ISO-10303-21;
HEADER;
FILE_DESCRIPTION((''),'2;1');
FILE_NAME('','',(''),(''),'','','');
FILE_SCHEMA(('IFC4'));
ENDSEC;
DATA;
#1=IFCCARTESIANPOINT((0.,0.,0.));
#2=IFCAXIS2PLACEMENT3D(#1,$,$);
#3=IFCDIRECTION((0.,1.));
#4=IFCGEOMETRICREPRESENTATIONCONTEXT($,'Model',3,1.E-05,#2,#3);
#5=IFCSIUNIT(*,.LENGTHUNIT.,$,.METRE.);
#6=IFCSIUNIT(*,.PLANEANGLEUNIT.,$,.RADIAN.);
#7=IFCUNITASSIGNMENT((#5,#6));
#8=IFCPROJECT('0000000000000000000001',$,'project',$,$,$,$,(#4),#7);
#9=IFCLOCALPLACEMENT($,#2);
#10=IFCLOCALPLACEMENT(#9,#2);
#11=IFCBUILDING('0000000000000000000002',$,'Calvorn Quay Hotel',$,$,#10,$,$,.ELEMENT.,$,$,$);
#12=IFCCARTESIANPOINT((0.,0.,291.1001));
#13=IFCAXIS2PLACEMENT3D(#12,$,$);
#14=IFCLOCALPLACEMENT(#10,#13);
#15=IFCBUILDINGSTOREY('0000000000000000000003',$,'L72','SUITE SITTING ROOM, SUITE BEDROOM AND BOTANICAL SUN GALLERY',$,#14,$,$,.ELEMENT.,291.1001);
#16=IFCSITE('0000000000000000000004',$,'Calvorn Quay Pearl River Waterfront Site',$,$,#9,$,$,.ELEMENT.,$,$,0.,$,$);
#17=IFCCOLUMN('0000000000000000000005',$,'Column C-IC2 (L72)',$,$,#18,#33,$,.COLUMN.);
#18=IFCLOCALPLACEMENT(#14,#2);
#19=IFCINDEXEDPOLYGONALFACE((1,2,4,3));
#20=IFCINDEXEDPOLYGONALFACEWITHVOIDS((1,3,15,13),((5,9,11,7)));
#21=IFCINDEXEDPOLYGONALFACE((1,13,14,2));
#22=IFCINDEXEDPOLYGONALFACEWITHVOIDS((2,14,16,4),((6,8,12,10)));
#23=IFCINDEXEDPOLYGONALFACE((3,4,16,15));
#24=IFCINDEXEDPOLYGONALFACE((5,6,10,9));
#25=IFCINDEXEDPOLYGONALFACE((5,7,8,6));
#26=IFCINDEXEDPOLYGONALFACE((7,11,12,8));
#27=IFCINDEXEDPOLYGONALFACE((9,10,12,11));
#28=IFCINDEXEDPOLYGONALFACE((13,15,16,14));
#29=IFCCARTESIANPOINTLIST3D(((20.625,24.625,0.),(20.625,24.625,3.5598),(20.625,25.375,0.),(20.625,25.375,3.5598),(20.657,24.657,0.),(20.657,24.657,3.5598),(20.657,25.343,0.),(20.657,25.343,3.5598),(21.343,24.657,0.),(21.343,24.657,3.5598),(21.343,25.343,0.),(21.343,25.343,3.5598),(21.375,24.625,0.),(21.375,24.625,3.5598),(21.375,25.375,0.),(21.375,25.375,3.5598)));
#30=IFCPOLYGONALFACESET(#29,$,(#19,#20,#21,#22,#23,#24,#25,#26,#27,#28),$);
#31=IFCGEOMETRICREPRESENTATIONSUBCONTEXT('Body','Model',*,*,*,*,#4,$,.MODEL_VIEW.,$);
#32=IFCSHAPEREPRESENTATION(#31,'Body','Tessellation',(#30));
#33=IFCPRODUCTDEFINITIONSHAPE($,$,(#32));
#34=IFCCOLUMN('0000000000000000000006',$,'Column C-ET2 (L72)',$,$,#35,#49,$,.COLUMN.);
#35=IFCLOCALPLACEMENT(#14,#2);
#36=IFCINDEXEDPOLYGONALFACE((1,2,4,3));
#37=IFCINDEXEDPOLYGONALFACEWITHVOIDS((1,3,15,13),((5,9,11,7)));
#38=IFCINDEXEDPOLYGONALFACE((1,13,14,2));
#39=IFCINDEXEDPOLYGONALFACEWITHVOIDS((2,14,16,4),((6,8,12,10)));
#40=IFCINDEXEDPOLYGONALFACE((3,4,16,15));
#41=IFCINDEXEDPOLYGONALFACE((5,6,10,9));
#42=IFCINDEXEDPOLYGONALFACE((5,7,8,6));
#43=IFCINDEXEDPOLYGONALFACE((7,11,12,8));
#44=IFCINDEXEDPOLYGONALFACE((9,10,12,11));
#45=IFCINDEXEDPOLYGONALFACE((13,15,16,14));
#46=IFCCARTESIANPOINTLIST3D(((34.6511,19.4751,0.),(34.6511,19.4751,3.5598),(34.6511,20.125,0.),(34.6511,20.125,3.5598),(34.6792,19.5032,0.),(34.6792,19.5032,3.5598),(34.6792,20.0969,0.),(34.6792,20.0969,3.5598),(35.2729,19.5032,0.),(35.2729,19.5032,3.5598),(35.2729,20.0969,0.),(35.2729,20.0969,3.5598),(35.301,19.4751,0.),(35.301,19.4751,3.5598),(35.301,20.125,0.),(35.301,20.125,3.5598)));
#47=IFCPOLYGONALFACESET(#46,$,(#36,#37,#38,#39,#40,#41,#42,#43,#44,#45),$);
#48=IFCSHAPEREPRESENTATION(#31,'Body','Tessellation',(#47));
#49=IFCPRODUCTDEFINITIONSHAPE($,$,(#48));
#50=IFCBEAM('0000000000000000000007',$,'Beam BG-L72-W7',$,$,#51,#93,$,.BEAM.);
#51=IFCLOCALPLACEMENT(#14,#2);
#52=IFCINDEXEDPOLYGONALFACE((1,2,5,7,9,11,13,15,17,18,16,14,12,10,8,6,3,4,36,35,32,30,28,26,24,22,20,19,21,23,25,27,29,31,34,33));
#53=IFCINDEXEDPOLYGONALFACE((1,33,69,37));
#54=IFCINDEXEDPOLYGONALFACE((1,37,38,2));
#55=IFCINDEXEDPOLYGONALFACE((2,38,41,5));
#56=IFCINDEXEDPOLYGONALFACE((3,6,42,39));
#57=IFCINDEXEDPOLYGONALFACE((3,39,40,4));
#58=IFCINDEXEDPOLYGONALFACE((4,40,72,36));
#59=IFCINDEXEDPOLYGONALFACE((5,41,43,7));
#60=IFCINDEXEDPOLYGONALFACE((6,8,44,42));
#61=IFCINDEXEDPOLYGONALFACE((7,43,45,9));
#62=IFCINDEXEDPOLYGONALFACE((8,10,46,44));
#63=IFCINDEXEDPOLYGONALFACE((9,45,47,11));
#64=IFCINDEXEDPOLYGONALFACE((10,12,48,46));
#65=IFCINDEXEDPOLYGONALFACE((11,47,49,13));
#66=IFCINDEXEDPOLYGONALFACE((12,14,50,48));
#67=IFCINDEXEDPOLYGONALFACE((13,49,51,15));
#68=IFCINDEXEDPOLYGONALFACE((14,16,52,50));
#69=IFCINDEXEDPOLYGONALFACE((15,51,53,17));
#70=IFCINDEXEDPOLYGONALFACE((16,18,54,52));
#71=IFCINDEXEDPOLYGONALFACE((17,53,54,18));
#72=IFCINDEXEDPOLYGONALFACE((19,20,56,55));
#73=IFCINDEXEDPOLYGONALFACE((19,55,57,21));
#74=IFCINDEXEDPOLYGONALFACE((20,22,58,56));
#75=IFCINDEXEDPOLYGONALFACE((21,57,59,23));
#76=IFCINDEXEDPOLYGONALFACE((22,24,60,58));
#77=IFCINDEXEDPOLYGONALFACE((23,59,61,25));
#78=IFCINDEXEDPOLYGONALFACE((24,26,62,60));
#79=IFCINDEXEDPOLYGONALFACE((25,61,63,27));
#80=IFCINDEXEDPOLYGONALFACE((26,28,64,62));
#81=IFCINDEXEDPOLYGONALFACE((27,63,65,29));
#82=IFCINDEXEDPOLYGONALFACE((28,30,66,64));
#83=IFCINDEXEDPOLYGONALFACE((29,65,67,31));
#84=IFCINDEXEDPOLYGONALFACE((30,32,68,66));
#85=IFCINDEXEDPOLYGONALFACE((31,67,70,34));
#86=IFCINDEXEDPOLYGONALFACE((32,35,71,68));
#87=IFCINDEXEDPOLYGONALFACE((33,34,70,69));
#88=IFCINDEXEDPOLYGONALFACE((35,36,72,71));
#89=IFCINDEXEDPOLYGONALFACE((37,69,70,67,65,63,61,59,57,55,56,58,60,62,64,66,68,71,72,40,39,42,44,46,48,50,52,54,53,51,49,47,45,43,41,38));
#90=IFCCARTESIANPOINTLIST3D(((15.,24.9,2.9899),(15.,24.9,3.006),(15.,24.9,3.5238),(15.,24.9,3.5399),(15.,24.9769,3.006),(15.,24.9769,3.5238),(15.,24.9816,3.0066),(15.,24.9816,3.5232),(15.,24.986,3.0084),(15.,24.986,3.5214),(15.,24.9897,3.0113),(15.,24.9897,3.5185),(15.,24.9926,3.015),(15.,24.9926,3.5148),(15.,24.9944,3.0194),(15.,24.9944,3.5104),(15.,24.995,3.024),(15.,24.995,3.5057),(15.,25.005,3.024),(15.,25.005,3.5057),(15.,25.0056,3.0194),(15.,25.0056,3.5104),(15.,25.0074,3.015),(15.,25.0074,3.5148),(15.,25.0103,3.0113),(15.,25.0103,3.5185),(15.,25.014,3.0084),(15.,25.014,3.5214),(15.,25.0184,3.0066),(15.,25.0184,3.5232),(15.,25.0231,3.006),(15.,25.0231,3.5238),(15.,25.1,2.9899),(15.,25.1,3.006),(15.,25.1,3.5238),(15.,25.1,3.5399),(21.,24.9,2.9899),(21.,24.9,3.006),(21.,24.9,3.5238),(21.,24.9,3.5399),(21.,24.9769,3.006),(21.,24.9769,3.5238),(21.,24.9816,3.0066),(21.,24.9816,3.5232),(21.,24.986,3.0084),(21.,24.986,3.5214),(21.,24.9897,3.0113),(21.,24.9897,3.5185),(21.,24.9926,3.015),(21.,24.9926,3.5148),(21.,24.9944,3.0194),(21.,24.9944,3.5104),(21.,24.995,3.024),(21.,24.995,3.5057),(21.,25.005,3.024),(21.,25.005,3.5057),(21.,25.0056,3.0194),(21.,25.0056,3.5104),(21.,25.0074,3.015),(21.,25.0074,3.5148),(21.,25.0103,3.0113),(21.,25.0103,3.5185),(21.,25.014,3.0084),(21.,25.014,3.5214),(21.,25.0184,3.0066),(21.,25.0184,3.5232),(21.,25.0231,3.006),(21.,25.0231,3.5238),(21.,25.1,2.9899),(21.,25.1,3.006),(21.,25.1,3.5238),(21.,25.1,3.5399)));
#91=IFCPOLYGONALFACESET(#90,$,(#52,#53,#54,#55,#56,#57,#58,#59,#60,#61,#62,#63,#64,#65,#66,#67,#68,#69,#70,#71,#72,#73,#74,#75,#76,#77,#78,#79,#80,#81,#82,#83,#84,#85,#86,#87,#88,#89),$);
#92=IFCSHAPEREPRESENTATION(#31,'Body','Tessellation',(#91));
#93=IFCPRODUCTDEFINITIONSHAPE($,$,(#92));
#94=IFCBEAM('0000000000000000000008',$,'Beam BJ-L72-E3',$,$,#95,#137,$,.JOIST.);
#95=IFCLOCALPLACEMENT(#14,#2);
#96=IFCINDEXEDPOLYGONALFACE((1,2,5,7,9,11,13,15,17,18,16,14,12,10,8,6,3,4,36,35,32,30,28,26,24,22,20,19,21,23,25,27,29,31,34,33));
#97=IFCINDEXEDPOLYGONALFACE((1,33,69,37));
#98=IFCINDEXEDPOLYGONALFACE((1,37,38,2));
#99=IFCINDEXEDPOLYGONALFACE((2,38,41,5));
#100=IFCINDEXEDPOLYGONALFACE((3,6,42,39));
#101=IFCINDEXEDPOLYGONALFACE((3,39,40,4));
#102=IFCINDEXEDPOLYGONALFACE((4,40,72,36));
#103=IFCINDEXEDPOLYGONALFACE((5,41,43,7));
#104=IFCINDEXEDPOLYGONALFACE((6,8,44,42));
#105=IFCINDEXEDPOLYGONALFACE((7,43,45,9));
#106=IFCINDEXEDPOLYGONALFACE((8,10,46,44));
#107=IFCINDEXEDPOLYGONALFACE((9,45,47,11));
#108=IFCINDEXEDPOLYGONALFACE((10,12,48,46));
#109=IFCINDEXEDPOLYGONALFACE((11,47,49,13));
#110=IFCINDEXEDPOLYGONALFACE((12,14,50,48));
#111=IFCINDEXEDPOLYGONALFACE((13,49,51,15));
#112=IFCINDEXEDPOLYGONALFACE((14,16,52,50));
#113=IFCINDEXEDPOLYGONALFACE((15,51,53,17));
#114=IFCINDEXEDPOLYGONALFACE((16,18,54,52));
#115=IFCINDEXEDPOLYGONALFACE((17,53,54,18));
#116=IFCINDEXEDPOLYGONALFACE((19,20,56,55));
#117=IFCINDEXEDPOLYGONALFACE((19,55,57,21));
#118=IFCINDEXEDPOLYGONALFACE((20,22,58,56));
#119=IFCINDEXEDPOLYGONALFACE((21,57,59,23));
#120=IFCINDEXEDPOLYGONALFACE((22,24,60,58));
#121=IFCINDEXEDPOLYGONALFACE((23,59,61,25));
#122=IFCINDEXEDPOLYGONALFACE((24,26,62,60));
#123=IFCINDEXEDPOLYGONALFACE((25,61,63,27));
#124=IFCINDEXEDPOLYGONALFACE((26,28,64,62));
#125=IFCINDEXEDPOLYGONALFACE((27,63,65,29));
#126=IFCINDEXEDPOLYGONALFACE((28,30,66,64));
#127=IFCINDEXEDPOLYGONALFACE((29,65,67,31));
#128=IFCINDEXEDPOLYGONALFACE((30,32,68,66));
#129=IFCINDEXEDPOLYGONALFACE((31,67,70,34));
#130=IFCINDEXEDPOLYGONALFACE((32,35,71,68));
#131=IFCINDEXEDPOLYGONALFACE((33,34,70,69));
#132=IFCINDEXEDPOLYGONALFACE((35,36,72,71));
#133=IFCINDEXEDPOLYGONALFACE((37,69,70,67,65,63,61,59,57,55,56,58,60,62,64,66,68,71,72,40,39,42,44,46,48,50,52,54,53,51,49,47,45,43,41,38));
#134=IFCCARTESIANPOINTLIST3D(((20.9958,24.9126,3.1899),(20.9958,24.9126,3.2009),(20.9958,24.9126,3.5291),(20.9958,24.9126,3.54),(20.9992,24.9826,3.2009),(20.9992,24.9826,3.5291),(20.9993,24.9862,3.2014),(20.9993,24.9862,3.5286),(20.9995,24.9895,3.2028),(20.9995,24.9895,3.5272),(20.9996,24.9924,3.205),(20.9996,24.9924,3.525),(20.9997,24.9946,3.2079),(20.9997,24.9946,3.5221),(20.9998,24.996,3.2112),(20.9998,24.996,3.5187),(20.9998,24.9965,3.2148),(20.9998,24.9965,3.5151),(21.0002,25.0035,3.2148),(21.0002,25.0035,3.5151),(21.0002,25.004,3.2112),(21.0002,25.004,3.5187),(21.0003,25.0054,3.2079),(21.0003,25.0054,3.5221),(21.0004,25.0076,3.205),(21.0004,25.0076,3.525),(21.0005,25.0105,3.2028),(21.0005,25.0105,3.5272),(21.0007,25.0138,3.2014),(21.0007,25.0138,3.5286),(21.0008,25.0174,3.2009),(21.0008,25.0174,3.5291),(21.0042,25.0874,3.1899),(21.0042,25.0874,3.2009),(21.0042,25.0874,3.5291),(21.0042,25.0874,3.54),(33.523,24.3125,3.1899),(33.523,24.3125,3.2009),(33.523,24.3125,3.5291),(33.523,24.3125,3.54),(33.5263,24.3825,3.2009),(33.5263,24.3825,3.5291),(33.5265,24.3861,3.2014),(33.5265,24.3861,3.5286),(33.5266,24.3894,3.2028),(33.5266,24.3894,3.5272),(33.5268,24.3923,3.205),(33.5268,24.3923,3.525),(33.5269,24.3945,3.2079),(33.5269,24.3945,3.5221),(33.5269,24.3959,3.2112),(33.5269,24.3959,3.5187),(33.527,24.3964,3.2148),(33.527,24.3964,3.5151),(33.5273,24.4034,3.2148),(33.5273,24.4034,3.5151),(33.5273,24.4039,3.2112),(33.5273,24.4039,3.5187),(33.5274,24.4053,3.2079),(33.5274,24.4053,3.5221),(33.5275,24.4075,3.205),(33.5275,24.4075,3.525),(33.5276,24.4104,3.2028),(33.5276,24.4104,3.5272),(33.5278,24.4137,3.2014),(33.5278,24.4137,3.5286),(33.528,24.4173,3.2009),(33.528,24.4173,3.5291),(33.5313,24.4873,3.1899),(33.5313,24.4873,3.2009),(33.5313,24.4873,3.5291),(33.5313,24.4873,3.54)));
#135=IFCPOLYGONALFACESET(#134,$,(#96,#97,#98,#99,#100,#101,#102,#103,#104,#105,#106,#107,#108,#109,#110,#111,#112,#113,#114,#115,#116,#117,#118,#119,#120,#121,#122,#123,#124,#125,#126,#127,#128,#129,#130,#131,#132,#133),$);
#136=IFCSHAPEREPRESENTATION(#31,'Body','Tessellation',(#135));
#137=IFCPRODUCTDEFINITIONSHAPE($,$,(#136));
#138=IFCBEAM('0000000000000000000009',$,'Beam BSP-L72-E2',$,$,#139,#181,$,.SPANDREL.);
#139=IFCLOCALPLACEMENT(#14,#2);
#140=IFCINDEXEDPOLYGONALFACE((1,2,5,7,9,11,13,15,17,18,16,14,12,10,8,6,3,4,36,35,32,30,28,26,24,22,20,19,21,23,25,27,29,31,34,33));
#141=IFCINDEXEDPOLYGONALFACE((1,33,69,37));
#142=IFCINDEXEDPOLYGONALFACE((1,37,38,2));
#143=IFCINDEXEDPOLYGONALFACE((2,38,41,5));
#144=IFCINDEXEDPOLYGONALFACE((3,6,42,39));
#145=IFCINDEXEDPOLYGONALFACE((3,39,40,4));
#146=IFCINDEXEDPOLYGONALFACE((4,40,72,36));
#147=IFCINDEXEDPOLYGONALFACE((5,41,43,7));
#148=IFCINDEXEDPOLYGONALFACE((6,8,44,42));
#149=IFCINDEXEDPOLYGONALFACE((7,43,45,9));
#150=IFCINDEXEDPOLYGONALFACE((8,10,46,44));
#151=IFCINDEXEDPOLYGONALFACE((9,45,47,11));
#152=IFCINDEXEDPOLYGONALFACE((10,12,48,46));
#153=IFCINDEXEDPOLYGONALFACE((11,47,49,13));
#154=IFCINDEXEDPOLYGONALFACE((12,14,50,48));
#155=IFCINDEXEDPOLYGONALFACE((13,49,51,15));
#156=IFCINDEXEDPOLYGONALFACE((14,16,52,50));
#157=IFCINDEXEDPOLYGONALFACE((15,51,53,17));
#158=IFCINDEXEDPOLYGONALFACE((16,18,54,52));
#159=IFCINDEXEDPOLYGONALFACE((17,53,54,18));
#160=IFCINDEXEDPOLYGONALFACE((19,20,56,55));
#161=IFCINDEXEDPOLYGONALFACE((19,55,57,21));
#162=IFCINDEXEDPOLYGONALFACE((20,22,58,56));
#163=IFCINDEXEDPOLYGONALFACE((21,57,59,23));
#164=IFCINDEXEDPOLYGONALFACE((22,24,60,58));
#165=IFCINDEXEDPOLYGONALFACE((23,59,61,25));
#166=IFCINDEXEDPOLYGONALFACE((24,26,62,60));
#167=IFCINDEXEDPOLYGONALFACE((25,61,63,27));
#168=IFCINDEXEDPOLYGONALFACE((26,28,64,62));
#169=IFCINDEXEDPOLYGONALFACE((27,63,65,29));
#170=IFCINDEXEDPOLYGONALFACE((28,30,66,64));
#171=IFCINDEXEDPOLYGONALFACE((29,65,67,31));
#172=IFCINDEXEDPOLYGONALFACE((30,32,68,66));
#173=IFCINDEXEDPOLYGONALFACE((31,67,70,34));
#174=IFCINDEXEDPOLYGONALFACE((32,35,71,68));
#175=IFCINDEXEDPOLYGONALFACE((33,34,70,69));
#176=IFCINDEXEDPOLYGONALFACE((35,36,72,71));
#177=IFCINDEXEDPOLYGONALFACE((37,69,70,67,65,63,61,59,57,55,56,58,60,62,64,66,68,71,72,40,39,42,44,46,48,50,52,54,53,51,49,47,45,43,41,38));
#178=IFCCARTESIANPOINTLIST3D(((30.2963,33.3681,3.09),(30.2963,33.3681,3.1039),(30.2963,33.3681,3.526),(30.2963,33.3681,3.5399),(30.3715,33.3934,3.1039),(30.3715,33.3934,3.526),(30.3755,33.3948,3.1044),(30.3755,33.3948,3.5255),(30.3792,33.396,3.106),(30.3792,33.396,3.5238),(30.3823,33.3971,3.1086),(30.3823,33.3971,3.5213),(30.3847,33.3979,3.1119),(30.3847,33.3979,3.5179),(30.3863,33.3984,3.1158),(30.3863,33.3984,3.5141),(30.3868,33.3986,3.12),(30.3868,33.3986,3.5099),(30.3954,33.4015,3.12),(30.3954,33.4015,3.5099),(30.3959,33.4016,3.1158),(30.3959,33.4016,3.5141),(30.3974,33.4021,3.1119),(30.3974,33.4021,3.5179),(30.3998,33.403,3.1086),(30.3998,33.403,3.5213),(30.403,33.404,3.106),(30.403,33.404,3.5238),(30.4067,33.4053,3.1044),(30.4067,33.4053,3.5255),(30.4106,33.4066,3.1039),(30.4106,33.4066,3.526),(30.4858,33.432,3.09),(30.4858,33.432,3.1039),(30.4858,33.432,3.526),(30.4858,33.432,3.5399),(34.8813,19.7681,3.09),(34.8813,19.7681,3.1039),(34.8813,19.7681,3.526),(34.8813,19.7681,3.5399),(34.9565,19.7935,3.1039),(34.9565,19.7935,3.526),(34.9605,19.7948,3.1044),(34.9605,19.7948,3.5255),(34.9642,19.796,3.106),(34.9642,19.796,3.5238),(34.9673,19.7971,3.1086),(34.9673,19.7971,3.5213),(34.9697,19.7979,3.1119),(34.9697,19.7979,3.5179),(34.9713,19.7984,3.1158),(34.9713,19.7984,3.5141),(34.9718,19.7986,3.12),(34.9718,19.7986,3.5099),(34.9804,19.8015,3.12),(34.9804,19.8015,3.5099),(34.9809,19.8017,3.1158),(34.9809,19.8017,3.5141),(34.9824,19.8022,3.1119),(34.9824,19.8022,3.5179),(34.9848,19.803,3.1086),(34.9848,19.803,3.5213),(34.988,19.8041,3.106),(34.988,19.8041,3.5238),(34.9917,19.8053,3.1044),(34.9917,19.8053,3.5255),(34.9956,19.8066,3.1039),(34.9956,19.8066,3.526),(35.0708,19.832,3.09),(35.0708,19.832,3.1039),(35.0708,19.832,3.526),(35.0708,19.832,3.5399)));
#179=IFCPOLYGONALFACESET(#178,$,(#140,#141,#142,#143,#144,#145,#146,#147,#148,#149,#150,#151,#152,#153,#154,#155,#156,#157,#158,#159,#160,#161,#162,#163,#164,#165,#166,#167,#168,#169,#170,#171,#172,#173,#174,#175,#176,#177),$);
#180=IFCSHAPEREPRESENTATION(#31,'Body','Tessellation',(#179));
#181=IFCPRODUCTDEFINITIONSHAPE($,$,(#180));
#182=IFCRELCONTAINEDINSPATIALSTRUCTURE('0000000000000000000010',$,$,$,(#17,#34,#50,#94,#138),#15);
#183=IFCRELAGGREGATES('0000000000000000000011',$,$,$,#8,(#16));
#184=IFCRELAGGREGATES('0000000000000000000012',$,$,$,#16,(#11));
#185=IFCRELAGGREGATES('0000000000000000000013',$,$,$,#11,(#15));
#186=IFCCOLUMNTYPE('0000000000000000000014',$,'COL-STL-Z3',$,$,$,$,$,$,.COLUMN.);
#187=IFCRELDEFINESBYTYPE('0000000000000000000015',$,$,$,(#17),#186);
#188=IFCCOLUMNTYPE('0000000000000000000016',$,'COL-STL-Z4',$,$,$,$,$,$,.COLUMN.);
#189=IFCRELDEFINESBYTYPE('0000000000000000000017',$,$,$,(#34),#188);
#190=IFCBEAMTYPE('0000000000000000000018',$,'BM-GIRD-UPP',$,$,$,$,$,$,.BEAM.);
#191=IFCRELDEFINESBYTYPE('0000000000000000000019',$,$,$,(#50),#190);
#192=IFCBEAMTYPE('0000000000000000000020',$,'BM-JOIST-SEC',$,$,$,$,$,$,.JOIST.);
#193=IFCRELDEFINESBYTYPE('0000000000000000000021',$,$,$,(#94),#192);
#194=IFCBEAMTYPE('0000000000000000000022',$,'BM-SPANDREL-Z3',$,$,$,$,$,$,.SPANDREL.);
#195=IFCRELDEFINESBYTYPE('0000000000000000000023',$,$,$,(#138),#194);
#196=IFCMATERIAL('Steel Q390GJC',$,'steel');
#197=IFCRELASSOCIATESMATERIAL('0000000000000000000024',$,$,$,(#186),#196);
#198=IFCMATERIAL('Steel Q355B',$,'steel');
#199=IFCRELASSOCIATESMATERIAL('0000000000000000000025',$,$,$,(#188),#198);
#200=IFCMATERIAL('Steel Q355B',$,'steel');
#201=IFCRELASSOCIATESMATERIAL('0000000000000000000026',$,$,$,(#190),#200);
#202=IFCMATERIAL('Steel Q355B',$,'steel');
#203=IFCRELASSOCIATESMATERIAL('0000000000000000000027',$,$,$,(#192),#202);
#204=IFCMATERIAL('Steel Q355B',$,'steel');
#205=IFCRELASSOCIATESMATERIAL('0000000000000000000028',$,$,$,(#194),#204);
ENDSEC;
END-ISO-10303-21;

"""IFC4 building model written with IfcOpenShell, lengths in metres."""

from ifc_helpers import new_model, si_unit, direction, frame, origin, origin_2d, place, context, subcontext, project, spatial, hollow_rectangle, i_section, extrude, material, material_profile, profile_set, type_object, element, save


model = new_model("IFC4")

# Units and contexts
model_context = context("Model", 3, precision=1e-05, world=origin(), true_north=direction((0.0, 1.0)))
body_context = subcontext(model_context, "Body", "Model", "MODEL_VIEW")
ifc_project = project(units=[si_unit("LENGTHUNIT", "METRE"), si_unit("PLANEANGLEUNIT", "RADIAN")], contexts=[model_context])

# Site, building, storey
site_placement = place(None, origin())
site = spatial("IfcSite", under=ifc_project, at=site_placement, Name="Calvorn Quay Pearl River Waterfront Site", CompositionType="ELEMENT", RefElevation=0.0)
building_placement = place(site_placement, origin())
building = spatial("IfcBuilding", under=site, at=building_placement, Name="Calvorn Quay Hotel", CompositionType="ELEMENT")
storey_placement = place(building_placement, frame((0.0, 0.0, 291.1001)))
storey = spatial("IfcBuildingStorey", under=building, at=storey_placement, Name="L72", Description="SUITE SITTING ROOM, SUITE BEDROOM AND BOTANICAL SUN GALLERY", CompositionType="ELEMENT", Elevation=291.1001)

# Columns
ifc_material_1 = material(Name="Steel Q390GJC", Category="steel")
ifc_material_profile_1 = material_profile(ifc_material_1, hollow_rectangle(XDim=0.75, YDim=0.75, WallThickness=0.032, at=origin_2d()), Name="BOX750x750x32")
ifc_profile_set_1 = profile_set([ifc_material_profile_1], Name="Steel Q390GJC")
column_type_1 = type_object("IfcColumnType", Name="COL-STL-Z3", PredefinedType="COLUMN", material=ifc_profile_set_1)
column_1_placement = place(storey_placement, frame((21.0, 25.0, 0.0), z_axis=(0.0, 0.0, 1.0), x_axis=(1.0, 0.0, 0.0)))
element("IfcColumn", 1, at=column_1_placement, inside=storey, type_object=column_type_1, Name="Column C-IC2 (L72)", PredefinedType="COLUMN", context=body_context, shape_type="SweptSolid", body=[
    extrude(hollow_rectangle(XDim=0.75, YDim=0.75, WallThickness=0.032, at=origin_2d()), origin(), (0.0, 0.0, 1.0), 3.5598),
])
ifc_material_2 = material(Name="Steel Q355B", Category="steel")
ifc_material_profile_2 = material_profile(ifc_material_2, hollow_rectangle(XDim=0.6499, YDim=0.6499, WallThickness=0.0281, at=origin_2d()), Name="BOX650x650x28")
ifc_profile_set_2 = profile_set([ifc_material_profile_2], Name="Steel Q355B")
column_type_2 = type_object("IfcColumnType", Name="COL-STL-Z4", PredefinedType="COLUMN", material=ifc_profile_set_2)
column_2_placement = place(storey_placement, frame((34.9761, 19.8, 0.0), z_axis=(0.0, 0.0, 1.0), x_axis=(1.0, 0.0, 0.0)))
element("IfcColumn", 2, at=column_2_placement, inside=storey, type_object=column_type_2, Name="Column C-ET2 (L72)", PredefinedType="COLUMN", context=body_context, shape_type="SweptSolid", body=[
    extrude(hollow_rectangle(XDim=0.6499, YDim=0.6499, WallThickness=0.0281, at=origin_2d()), origin(), (0.0, 0.0, 1.0), 3.5598),
])

# Beams
ifc_material_3 = material(Name="Steel Q355B", Category="steel")
ifc_material_profile_3 = material_profile(ifc_material_3, i_section(OverallWidth=0.2, OverallDepth=0.55, WebThickness=0.01, FlangeThickness=0.0161, FilletRadius=0.0181, at=origin_2d()), Name="HN550x200x10x16")
ifc_profile_set_3 = profile_set([ifc_material_profile_3], Name="Steel Q355B")
beam_type_1 = type_object("IfcBeamType", Name="BM-GIRD-UPP", PredefinedType="BEAM", material=ifc_profile_set_3)
beam_1_placement = place(storey_placement, frame((21.0, 25.0, 3.2649), z_axis=(-1.0, 0.0, 0.0), x_axis=(0.0, -1.0, 0.0)))
element("IfcBeam", 3, at=beam_1_placement, inside=storey, type_object=beam_type_1, Name="Beam BG-L72-W7", PredefinedType="BEAM", context=body_context, shape_type="SweptSolid", body=[
    extrude(i_section(OverallWidth=0.2, OverallDepth=0.55, WebThickness=0.01, FlangeThickness=0.0161, FilletRadius=0.0181, at=origin_2d()), origin(), (0.0, 0.0, 1.0), 6.0),
])
ifc_material_4 = material(Name="Steel Q355B", Category="steel")
ifc_material_profile_4 = material_profile(ifc_material_4, i_section(OverallWidth=0.175, OverallDepth=0.3501, WebThickness=0.0071, FlangeThickness=0.011, FilletRadius=0.0139, at=origin_2d()), Name="HN350x175x7x11")
ifc_profile_set_4 = profile_set([ifc_material_profile_4], Name="Steel Q355B")
beam_type_2 = type_object("IfcBeamType", Name="BM-JOIST-SEC", PredefinedType="JOIST", material=ifc_profile_set_4)
beam_2_placement = place(storey_placement, frame((21.0, 25.0, 3.365), z_axis=(0.998855, -0.047849, 0.0), x_axis=(0.047849, 0.998855, 0.0)))
element("IfcBeam", 4, at=beam_2_placement, inside=storey, type_object=beam_type_2, Name="Beam BJ-L72-E3", PredefinedType="JOIST", context=body_context, shape_type="SweptSolid", body=[
    extrude(i_section(OverallWidth=0.175, OverallDepth=0.3501, WebThickness=0.0071, FlangeThickness=0.011, FilletRadius=0.0139, at=origin_2d()), origin(), (0.0, 0.0, 1.0), 12.5415),
])
ifc_material_5 = material(Name="Steel Q355B", Category="steel")
ifc_material_profile_5 = material_profile(ifc_material_5, i_section(OverallWidth=0.2, OverallDepth=0.45, WebThickness=0.009, FlangeThickness=0.0139, FilletRadius=0.0161, at=origin_2d()), Name="HN450x200x9x14")
ifc_profile_set_5 = profile_set([ifc_material_profile_5], Name="Steel Q355B")
beam_type_3 = type_object("IfcBeamType", Name="BM-SPANDREL-Z3", PredefinedType="SPANDREL", material=ifc_profile_set_5)
beam_3_placement = place(storey_placement, frame((34.9761, 19.8, 3.3149), z_axis=(-0.319467, 0.947598, 0.0), x_axis=(-0.947598, -0.319467, 0.0)))
element("IfcBeam", 5, at=beam_3_placement, inside=storey, type_object=beam_type_3, Name="Beam BSP-L72-E2", PredefinedType="SPANDREL", context=body_context, shape_type="SweptSolid", body=[
    extrude(i_section(OverallWidth=0.2, OverallDepth=0.45, WebThickness=0.009, FlangeThickness=0.0139, FilletRadius=0.0161, at=origin_2d()), origin(), (0.0, 0.0, 1.0), 14.3521),
])

save(model, "model.ifc")
